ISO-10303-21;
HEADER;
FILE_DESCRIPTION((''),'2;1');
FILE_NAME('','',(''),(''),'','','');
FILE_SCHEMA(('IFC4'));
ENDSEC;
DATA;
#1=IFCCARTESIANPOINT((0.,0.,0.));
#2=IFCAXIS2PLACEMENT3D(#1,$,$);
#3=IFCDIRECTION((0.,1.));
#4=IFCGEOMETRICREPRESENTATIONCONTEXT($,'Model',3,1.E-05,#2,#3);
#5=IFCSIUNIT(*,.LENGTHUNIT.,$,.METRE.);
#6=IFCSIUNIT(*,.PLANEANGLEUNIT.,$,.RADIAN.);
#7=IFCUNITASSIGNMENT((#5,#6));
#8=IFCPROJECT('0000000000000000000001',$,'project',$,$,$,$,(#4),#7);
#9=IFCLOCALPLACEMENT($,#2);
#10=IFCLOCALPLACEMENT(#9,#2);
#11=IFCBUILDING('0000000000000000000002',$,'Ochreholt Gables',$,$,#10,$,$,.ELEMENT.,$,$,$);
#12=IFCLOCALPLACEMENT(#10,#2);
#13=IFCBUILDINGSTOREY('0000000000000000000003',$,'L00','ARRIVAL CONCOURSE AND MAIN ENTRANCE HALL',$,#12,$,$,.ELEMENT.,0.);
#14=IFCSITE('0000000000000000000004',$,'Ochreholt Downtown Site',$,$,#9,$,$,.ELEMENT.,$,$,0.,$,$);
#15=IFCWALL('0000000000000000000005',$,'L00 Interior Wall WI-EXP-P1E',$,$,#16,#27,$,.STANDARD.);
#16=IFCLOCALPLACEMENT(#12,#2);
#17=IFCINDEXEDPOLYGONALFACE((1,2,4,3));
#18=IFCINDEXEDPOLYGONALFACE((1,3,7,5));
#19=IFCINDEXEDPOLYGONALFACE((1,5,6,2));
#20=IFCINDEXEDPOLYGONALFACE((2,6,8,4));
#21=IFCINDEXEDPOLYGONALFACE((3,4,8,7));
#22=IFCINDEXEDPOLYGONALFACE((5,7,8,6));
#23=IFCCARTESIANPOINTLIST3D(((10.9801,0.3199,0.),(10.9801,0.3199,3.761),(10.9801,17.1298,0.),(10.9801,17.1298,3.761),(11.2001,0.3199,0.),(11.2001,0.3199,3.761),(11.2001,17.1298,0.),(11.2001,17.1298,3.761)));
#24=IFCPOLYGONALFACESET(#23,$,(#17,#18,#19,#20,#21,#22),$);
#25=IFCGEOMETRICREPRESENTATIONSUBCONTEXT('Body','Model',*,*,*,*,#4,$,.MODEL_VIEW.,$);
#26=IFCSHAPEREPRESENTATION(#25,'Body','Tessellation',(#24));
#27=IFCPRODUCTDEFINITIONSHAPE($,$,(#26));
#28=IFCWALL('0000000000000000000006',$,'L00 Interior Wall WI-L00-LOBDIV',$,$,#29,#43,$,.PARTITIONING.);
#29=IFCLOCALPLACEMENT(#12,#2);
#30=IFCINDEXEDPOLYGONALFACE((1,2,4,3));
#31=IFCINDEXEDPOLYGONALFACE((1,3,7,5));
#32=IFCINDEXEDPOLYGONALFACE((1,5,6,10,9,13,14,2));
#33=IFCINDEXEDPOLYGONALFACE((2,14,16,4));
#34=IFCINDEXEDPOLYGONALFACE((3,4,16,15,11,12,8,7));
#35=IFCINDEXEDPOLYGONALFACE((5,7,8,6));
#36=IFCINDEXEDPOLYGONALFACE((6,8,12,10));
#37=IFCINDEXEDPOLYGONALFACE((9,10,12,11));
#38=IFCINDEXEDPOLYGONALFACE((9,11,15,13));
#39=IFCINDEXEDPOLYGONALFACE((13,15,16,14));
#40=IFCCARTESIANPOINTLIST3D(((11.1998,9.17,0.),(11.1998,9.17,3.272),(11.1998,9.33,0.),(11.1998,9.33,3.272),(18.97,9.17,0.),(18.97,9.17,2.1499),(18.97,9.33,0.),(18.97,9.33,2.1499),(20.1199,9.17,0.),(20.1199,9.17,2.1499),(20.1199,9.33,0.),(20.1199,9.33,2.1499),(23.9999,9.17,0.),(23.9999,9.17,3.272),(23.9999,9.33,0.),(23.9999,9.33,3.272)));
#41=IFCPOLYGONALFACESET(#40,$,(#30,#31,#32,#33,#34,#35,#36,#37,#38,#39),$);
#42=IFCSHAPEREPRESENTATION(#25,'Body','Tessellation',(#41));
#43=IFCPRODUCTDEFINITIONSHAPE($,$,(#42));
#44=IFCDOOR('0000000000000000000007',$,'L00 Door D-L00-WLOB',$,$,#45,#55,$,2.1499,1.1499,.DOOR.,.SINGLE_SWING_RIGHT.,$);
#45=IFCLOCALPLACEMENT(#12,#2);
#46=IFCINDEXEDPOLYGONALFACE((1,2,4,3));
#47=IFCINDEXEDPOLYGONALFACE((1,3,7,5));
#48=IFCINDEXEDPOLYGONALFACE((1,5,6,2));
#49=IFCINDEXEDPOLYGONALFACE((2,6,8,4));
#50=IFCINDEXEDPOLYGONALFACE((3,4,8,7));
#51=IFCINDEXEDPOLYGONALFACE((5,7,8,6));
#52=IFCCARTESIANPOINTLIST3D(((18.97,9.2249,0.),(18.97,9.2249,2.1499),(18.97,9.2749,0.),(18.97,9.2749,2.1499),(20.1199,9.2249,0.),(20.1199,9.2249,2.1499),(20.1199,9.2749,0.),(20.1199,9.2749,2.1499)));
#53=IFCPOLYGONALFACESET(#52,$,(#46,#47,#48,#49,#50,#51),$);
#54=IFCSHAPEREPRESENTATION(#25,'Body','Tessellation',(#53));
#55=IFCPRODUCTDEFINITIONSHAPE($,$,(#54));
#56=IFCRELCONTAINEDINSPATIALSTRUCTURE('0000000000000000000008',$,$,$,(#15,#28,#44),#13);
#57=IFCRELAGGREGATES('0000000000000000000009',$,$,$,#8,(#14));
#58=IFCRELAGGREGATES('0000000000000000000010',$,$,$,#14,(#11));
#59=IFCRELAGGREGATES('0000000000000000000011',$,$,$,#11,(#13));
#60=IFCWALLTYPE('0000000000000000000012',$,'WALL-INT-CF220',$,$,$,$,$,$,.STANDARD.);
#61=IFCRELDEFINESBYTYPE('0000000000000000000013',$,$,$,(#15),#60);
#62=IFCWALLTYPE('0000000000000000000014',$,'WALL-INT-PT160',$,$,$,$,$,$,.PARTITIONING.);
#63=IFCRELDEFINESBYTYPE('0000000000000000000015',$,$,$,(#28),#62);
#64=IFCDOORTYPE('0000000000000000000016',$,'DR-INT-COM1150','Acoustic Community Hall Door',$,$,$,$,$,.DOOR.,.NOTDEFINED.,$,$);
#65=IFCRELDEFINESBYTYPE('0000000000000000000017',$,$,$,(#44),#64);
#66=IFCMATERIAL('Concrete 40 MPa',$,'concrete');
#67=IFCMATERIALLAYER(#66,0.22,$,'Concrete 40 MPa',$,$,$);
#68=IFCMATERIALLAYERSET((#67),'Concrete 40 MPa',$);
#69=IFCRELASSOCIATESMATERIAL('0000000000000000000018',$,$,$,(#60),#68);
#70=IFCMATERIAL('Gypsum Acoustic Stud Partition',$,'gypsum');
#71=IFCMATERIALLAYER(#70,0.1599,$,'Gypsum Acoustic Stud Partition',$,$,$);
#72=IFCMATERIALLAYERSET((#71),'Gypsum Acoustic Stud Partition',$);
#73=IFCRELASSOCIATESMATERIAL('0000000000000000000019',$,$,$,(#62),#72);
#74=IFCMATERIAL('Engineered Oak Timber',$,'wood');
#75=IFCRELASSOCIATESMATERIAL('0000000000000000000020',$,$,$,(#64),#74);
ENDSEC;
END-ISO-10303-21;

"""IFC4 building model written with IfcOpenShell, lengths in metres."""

from ifc_helpers import new_model, si_unit, direction, frame, frame_2d, origin, place, context, subcontext, project, spatial, rectangle, extrude, material, layer, layer_set, type_object, element, fill, save


model = new_model("IFC4")

# Units and contexts
model_context = context("Model", 3, precision=1e-05, world=origin(), true_north=direction((0.0, 1.0)))
body_context = subcontext(model_context, "Body", "Model", "MODEL_VIEW")
ifc_project = project(units=[si_unit("LENGTHUNIT", "METRE"), si_unit("PLANEANGLEUNIT", "RADIAN")], contexts=[model_context])

# Site, building, storey
site_placement = place(None, origin())
site = spatial("IfcSite", under=ifc_project, at=site_placement, Name="Ochreholt Downtown Site", CompositionType="ELEMENT", RefElevation=0.0)
building_placement = place(site_placement, origin())
building = spatial("IfcBuilding", under=site, at=building_placement, Name="Ochreholt Gables", CompositionType="ELEMENT")
storey_placement = place(building_placement, origin())
storey = spatial("IfcBuildingStorey", under=building, at=storey_placement, Name="L00", Description="ARRIVAL CONCOURSE AND MAIN ENTRANCE HALL", CompositionType="ELEMENT", Elevation=0.0)

# Shared definitions
ifc_material_1 = material(Name="Concrete 40 MPa", Category="concrete")
ifc_layer_1 = layer(ifc_material_1, 0.22, Name="Concrete 40 MPa")
ifc_layer_set_1 = layer_set([ifc_layer_1], Name="Concrete 40 MPa")
wall_type_1 = type_object("IfcWallType", Name="WALL-INT-CF220", PredefinedType="STANDARD", material=ifc_layer_set_1)

# Wall
wall_1_placement = place(storey_placement, frame((11.0901, 0.3201, 0.0), z_axis=(0.0, 0.0, 1.0), x_axis=(0.0, 1.0, 0.0)))
element("IfcWall", 1, at=wall_1_placement, inside=storey, type_object=wall_type_1, Name="L00 Interior Wall WI-EXP-P1E", PredefinedType="STANDARD", context=body_context, shape_type="SweptSolid", body=[
    extrude(rectangle(XDim=16.8098, YDim=0.22, at=frame_2d((8.4048, 0.0))), origin(), (0.0, 0.0, 1.0), 3.761),
])

# Wall, opening, door
ifc_material_2 = material(Name="Gypsum Acoustic Stud Partition", Category="gypsum")
ifc_layer_2 = layer(ifc_material_2, 0.1599, Name="Gypsum Acoustic Stud Partition")
ifc_layer_set_2 = layer_set([ifc_layer_2], Name="Gypsum Acoustic Stud Partition")
wall_type_2 = type_object("IfcWallType", Name="WALL-INT-PT160", PredefinedType="PARTITIONING", material=ifc_layer_set_2)
wall_2_placement = place(storey_placement, frame((11.2, 9.25, 0.0), z_axis=(0.0, 0.0, 1.0), x_axis=(1.0, 0.0, 0.0)))
wall_2 = element("IfcWall", 2, at=wall_2_placement, inside=storey, type_object=wall_type_2, Name="L00 Interior Wall WI-L00-LOBDIV", PredefinedType="PARTITIONING", context=body_context, shape_type="SweptSolid", body=[
    extrude(rectangle(XDim=12.8, YDim=0.1599, at=frame_2d((6.3999, 0.0))), origin(), (0.0, 0.0, 1.0), 3.272),
])
opening_1_placement = place(wall_2_placement, frame((7.77, 0.0, 0.0)))
opening_1 = element("IfcOpeningElement", 3, at=opening_1_placement, cuts=wall_2, PredefinedType="OPENING", context=body_context, shape_type="SweptSolid", body=[
    extrude(rectangle(XDim=1.1499, YDim=2.1499, at=frame_2d((0.575, 1.075))), frame((0.0, 0.0898, 0.0), z_axis=(0.0, -1.0, 0.0), x_axis=(1.0, 0.0, 0.0)), (0.0, 0.0, 1.0), 0.1799),
])
ifc_material_3 = material(Name="Engineered Oak Timber", Category="wood")
door_type_1 = type_object("IfcDoorType", Name="DR-INT-COM1150", Description="Acoustic Community Hall Door", OperationType="NOTDEFINED", PredefinedType="DOOR", material=ifc_material_3)
door_1_placement = place(opening_1_placement, origin())
door_1 = element("IfcDoor", 4, at=door_1_placement, inside=storey, type_object=door_type_1, Name="L00 Door D-L00-WLOB", OperationType="SINGLE_SWING_RIGHT", OverallHeight=2.1499, OverallWidth=1.1499, PredefinedType="DOOR", context=body_context, shape_type="SweptSolid", body=[
    extrude(rectangle(XDim=1.1499, YDim=2.1499, at=frame_2d((0.575, 1.075))), frame((0.0, 0.0249, 0.0), z_axis=(0.0, -1.0, 0.0), x_axis=(1.0, 0.0, 0.0)), (0.0, 0.0, 1.0), 0.05),
])
fill(opening_1, door_1)

save(model, "model.ifc")
